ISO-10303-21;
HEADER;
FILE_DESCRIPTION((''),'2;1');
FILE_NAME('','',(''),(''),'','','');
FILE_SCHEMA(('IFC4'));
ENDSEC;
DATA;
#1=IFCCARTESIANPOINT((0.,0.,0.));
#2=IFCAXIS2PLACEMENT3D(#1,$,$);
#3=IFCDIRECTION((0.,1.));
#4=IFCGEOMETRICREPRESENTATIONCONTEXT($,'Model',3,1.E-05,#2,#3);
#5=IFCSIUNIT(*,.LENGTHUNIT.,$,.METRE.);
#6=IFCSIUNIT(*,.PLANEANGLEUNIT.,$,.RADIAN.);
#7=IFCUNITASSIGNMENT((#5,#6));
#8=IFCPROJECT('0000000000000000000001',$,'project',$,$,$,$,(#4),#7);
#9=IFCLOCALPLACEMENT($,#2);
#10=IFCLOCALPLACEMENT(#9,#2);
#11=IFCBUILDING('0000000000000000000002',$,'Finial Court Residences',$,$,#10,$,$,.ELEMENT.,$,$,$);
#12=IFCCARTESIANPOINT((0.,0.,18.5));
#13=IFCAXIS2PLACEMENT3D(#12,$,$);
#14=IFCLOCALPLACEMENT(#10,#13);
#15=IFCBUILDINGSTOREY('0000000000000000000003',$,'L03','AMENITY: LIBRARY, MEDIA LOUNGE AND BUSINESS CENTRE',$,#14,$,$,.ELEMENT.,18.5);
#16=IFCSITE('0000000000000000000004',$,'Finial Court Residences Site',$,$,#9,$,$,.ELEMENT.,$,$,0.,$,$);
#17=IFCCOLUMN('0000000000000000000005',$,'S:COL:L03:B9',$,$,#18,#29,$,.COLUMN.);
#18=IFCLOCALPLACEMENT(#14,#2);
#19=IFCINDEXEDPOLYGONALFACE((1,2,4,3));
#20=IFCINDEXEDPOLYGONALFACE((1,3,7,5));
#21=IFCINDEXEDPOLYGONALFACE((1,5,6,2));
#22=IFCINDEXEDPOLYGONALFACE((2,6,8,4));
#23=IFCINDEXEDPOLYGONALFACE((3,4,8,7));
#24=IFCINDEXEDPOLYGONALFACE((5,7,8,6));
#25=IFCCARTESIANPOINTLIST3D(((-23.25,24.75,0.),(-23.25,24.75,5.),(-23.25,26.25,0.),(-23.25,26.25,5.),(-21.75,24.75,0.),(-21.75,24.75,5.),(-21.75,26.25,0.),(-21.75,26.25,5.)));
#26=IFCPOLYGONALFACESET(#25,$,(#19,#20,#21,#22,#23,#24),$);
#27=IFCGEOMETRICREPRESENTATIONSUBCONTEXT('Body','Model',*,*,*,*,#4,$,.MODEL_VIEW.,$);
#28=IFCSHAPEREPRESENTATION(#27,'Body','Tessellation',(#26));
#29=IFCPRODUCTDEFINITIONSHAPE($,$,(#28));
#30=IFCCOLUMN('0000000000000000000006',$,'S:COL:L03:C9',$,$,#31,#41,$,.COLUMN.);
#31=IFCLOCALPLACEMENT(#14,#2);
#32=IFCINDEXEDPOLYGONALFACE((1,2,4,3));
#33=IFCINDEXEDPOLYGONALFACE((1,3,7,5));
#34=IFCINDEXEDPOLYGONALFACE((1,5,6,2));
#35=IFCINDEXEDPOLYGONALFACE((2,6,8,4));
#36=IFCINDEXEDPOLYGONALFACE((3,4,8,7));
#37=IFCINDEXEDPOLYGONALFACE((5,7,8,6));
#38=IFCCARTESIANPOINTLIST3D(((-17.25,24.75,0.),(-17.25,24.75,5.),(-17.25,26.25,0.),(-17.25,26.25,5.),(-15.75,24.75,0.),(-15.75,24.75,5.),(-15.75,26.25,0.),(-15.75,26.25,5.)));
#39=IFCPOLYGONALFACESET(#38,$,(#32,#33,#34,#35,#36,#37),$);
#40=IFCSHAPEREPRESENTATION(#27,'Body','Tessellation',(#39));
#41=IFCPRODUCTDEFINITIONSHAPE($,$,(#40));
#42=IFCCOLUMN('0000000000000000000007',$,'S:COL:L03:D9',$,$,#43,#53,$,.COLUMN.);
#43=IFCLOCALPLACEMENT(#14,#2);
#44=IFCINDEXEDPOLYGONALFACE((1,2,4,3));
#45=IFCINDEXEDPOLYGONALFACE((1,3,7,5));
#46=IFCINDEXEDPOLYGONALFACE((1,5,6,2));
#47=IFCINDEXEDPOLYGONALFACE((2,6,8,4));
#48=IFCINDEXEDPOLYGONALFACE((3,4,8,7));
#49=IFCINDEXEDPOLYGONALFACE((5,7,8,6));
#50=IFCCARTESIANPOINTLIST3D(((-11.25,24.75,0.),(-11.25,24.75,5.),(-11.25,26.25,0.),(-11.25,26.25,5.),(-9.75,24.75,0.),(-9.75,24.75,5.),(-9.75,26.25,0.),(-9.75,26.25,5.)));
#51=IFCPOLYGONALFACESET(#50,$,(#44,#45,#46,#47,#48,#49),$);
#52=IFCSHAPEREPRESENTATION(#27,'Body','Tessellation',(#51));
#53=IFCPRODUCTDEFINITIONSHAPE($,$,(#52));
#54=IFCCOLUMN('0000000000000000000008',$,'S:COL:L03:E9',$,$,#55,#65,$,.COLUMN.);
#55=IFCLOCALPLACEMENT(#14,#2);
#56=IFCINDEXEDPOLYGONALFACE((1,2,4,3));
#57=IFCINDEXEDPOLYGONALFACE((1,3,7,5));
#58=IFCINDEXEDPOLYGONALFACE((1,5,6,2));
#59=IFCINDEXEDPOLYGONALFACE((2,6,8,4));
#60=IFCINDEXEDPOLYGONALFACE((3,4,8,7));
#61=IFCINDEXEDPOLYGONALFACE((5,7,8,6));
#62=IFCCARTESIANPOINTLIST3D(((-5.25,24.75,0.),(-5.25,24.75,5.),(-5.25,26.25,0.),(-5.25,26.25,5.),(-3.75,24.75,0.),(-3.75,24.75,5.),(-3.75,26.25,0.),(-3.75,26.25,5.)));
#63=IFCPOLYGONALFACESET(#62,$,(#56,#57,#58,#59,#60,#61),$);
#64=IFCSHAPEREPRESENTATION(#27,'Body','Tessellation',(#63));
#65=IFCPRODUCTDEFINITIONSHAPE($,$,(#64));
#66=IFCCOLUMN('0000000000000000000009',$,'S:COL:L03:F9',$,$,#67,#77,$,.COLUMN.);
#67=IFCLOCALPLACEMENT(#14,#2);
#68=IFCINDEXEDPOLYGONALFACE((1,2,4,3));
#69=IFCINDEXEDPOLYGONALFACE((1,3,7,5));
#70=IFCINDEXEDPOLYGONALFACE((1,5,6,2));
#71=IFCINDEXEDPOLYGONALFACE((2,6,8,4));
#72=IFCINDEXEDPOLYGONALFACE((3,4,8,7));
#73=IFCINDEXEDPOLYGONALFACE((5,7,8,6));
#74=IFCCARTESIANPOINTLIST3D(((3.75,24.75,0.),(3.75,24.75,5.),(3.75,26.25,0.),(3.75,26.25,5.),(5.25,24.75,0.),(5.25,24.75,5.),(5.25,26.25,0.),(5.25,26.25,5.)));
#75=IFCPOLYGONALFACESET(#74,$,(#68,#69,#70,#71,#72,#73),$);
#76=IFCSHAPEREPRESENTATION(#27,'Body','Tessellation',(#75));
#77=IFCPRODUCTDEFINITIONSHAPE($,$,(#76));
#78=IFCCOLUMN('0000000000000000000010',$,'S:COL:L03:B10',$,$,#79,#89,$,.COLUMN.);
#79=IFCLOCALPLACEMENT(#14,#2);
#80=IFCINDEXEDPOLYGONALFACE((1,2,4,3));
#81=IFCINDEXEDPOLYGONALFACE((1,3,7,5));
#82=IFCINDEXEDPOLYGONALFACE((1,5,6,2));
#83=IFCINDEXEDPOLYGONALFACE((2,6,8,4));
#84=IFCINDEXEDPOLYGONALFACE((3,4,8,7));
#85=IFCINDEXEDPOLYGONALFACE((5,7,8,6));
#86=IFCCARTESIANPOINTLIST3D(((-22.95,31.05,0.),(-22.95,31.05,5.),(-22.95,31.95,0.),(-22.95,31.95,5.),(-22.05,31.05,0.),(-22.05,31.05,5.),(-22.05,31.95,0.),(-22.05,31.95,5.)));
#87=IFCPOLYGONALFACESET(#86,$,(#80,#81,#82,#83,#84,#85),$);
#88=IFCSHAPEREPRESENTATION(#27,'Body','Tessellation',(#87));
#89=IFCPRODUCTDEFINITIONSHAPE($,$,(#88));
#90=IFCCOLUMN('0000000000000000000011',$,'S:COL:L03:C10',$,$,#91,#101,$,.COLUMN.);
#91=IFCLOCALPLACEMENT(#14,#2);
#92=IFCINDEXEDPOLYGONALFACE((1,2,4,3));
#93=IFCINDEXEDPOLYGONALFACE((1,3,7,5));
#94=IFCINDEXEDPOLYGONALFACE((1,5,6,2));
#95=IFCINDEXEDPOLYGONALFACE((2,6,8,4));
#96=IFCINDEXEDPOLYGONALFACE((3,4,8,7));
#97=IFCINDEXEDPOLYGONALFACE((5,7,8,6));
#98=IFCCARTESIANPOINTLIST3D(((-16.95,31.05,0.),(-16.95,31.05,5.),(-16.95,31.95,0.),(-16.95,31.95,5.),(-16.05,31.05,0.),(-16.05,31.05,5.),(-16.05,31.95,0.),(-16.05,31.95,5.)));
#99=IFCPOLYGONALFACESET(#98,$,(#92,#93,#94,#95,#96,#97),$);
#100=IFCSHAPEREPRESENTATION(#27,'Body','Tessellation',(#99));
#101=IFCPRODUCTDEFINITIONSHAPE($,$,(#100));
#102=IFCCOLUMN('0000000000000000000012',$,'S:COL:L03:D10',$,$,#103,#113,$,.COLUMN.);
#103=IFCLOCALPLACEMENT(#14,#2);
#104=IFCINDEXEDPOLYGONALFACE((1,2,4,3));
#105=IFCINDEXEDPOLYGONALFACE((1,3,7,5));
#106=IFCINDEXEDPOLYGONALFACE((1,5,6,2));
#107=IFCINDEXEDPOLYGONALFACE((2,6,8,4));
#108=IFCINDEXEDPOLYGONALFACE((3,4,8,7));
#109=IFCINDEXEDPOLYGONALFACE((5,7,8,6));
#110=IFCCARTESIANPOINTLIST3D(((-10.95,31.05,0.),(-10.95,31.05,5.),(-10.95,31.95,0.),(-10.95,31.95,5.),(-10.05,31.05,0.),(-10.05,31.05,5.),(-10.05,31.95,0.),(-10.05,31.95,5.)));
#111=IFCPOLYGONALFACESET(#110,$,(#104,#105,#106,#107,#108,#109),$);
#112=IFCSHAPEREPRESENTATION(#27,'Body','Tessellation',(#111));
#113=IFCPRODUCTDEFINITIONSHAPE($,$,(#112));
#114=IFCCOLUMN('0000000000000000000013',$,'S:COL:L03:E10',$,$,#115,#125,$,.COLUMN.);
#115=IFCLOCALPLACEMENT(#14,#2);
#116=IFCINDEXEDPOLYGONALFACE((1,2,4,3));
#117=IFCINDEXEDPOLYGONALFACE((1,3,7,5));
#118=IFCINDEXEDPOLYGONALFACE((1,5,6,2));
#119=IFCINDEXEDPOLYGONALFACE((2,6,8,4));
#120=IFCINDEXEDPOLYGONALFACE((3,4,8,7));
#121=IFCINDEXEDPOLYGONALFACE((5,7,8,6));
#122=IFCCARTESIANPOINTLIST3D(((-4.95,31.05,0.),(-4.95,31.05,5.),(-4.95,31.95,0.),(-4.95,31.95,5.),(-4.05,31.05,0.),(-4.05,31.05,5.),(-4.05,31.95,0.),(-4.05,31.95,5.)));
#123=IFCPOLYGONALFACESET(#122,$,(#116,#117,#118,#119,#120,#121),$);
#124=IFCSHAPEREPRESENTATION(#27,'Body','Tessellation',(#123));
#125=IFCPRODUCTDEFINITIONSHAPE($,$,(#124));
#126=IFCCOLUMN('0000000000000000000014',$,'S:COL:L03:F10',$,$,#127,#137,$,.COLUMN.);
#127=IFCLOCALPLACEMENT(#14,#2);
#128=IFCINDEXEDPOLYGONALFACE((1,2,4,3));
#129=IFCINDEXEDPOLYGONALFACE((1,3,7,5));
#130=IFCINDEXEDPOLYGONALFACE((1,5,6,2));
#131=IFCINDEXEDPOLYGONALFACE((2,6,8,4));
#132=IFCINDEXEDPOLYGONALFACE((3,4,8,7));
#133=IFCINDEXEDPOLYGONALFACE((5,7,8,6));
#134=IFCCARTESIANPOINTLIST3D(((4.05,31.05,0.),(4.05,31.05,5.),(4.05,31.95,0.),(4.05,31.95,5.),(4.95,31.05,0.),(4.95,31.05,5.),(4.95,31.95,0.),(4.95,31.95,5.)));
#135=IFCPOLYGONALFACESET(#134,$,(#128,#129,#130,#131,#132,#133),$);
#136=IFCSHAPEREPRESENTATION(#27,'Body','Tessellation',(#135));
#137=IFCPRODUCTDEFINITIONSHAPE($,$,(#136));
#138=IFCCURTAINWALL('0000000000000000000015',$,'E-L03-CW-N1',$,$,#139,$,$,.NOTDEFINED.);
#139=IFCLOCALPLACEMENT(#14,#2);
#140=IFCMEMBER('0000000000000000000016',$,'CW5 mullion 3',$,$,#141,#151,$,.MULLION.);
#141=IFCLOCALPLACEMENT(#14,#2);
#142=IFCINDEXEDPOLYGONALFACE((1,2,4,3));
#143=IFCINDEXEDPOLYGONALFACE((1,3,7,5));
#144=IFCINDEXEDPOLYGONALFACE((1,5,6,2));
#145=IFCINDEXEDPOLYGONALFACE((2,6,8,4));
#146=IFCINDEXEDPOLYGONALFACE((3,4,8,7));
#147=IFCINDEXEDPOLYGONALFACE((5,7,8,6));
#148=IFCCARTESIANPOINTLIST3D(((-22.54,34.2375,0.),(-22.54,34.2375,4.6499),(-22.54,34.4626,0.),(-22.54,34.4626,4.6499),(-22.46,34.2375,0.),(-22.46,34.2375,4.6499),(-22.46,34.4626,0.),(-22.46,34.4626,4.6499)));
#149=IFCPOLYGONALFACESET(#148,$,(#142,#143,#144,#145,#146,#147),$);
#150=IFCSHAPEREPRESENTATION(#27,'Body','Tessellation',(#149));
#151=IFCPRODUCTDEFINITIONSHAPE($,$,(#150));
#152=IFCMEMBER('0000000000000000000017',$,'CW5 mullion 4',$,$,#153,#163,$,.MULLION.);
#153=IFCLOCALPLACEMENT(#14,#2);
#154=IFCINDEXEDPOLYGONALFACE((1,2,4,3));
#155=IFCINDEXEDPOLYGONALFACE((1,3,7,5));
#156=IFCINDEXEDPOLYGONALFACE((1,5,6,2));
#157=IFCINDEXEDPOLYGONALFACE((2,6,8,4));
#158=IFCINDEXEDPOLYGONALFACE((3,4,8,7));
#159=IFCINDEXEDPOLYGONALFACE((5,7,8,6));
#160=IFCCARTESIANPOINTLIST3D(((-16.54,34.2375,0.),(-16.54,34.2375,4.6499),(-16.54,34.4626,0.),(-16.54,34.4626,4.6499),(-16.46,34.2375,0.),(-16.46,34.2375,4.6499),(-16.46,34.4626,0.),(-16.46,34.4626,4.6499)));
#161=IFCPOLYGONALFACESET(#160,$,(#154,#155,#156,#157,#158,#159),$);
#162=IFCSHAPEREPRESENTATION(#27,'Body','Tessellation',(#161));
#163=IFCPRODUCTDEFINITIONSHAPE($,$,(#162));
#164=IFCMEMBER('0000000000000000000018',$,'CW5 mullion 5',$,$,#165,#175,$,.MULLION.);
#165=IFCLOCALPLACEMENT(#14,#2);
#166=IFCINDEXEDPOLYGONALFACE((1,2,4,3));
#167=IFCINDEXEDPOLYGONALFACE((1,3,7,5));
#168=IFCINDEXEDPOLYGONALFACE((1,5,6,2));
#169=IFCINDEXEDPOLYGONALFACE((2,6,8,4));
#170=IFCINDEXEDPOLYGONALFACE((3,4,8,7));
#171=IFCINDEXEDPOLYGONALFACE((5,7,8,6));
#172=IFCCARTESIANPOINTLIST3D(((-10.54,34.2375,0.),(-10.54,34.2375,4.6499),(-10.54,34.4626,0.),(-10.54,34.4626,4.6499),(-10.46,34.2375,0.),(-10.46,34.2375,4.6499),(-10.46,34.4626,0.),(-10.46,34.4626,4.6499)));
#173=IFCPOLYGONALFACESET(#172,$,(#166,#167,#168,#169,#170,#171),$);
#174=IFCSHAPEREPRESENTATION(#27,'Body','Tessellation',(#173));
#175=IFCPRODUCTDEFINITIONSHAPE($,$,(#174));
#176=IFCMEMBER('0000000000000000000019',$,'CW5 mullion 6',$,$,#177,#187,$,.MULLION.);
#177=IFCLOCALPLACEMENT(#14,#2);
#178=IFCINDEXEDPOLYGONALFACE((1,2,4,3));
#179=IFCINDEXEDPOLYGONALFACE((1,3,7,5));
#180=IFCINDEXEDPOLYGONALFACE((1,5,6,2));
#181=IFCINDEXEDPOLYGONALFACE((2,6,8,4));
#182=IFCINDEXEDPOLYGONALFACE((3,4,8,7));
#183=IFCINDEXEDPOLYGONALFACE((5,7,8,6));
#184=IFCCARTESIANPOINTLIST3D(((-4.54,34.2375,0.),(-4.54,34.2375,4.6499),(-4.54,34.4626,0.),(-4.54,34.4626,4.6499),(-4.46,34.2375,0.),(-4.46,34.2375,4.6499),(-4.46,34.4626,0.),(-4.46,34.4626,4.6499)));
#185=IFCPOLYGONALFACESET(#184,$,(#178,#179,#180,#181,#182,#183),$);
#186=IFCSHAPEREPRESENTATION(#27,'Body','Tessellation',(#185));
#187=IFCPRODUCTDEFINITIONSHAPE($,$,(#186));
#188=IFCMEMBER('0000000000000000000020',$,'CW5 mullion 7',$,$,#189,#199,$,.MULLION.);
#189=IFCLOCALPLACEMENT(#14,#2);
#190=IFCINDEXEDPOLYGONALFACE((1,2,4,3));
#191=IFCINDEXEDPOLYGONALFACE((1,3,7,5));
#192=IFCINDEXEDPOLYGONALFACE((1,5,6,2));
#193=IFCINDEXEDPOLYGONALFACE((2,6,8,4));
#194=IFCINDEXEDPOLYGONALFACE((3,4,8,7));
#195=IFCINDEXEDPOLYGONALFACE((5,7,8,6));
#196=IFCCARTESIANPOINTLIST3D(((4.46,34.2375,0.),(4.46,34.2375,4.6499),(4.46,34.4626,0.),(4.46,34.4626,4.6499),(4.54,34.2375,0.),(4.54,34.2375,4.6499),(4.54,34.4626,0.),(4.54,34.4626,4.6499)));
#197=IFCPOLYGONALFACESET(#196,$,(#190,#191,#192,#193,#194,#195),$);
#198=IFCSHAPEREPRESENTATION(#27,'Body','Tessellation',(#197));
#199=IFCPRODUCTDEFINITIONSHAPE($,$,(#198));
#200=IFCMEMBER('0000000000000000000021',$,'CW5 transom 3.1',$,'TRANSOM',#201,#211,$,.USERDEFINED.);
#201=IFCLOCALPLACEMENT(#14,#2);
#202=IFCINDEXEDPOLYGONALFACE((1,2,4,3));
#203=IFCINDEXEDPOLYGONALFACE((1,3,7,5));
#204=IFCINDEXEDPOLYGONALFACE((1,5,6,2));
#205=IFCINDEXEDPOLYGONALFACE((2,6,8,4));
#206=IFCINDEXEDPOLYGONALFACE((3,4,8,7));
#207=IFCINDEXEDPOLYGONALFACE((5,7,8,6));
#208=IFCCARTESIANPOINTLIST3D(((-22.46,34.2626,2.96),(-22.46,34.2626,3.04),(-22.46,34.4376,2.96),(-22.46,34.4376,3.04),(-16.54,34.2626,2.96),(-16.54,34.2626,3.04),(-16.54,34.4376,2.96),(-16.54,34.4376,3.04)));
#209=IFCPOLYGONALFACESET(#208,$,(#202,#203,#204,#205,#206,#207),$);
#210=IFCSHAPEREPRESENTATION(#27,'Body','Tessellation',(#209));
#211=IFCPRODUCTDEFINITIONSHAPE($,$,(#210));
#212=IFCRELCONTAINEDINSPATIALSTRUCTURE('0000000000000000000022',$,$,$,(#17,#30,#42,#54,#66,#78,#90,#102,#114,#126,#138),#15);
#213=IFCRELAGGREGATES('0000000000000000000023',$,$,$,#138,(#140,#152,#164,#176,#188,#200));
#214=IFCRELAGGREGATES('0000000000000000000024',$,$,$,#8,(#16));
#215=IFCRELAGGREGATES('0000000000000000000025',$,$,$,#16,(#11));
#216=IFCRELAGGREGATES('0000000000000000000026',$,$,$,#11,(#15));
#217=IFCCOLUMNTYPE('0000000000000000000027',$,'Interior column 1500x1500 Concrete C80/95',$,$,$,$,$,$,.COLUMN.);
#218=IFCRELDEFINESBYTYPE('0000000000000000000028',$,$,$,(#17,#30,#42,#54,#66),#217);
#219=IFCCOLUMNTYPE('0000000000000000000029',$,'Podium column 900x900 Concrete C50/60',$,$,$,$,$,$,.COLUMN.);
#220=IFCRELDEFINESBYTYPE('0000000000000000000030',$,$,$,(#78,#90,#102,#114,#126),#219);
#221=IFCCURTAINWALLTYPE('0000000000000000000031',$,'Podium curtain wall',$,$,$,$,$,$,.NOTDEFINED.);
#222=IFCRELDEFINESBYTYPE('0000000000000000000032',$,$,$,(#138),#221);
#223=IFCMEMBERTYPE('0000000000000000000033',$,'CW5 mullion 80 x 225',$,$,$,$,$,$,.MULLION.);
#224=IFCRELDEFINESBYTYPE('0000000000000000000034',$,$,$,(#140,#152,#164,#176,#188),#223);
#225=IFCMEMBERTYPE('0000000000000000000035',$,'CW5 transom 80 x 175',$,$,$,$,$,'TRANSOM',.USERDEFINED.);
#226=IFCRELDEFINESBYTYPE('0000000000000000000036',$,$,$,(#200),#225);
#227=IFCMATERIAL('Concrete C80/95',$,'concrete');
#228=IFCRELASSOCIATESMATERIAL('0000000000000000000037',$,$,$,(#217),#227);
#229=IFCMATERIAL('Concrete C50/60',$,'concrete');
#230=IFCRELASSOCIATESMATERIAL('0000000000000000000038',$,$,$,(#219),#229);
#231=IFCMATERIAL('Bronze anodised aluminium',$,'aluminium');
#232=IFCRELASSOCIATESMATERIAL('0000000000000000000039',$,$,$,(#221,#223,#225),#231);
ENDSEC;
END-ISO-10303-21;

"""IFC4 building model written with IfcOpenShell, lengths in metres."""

from ifc_helpers import new_model, si_unit, direction, frame, origin, origin_2d, place, context, subcontext, project, spatial, rectangle, extrude, material, material_profile, profile_set, type_object, element, aggregate, save


model = new_model("IFC4")

# Units and contexts
model_context = context("Model", 3, precision=1e-05, world=origin(), true_north=direction((0.0, 1.0)))
body_context = subcontext(model_context, "Body", "Model", "MODEL_VIEW")
ifc_project = project(units=[si_unit("LENGTHUNIT", "METRE"), si_unit("PLANEANGLEUNIT", "RADIAN")], contexts=[model_context])

# Site, building, storey
site_placement = place(None, origin())
site = spatial("IfcSite", under=ifc_project, at=site_placement, Name="Finial Court Residences Site", CompositionType="ELEMENT", RefElevation=0.0)
building_placement = place(site_placement, origin())
building = spatial("IfcBuilding", under=site, at=building_placement, Name="Finial Court Residences", CompositionType="ELEMENT")
storey_placement = place(building_placement, frame((0.0, 0.0, 18.5)))
storey = spatial("IfcBuildingStorey", under=building, at=storey_placement, Name="L03", Description="AMENITY: LIBRARY, MEDIA LOUNGE AND BUSINESS CENTRE", CompositionType="ELEMENT", Elevation=18.5)

# Columns
ifc_material_1 = material(Name="Concrete C80/95", Category="concrete")
ifc_material_profile_1 = material_profile(ifc_material_1, rectangle(XDim=1.5, YDim=1.5, at=origin_2d()), Name="1500x1500")
ifc_profile_set_1 = profile_set([ifc_material_profile_1], Name="Concrete C80/95")
column_type_1 = type_object("IfcColumnType", Name="Interior column 1500x1500 Concrete C80/95", PredefinedType="COLUMN", material=ifc_profile_set_1)
for number, where, z_axis, x_axis, name in (
    (1, (-22.5, 25.5, 0.0), (0.0, 0.0, 1.0), (1.0, 0.0, 0.0), "S:COL:L03:B9"),
    (2, (-16.5, 25.5, 0.0), (0.0, 0.0, 1.0), (1.0, 0.0, 0.0), "S:COL:L03:C9"),
    (3, (-10.5, 25.5, 0.0), (0.0, 0.0, 1.0), (1.0, 0.0, 0.0), "S:COL:L03:D9"),
    (4, (-4.5, 25.5, 0.0), (0.0, 0.0, 1.0), (1.0, 0.0, 0.0), "S:COL:L03:E9"),
    (5, (4.5, 25.5, 0.0), (0.0, 0.0, 1.0), (1.0, 0.0, 0.0), "S:COL:L03:F9"),
):
    element("IfcColumn", number, at=place(storey_placement, frame(where, z_axis=z_axis, x_axis=x_axis)), inside=storey, type_object=column_type_1, Name=name, PredefinedType="COLUMN", context=body_context, shape_type="SweptSolid", body=[
        extrude(rectangle(XDim=1.5, YDim=1.5, at=origin_2d()), origin(), (0.0, 0.0, 1.0), 5.0),
    ])
ifc_material_2 = material(Name="Concrete C50/60", Category="concrete")
ifc_material_profile_2 = material_profile(ifc_material_2, rectangle(XDim=0.8999, YDim=0.8999, at=origin_2d()), Name="900x900")
ifc_profile_set_2 = profile_set([ifc_material_profile_2], Name="Concrete C50/60")
column_type_2 = type_object("IfcColumnType", Name="Podium column 900x900 Concrete C50/60", PredefinedType="COLUMN", material=ifc_profile_set_2)
for number, where, z_axis, x_axis, name in (
    (6, (-22.5, 31.5, 0.0), (0.0, 0.0, 1.0), (1.0, 0.0, 0.0), "S:COL:L03:B10"),
    (7, (-16.5, 31.5, 0.0), (0.0, 0.0, 1.0), (1.0, 0.0, 0.0), "S:COL:L03:C10"),
    (8, (-10.5, 31.5, 0.0), (0.0, 0.0, 1.0), (1.0, 0.0, 0.0), "S:COL:L03:D10"),
    (9, (-4.5, 31.5, 0.0), (0.0, 0.0, 1.0), (1.0, 0.0, 0.0), "S:COL:L03:E10"),
    (10, (4.5, 31.5, 0.0), (0.0, 0.0, 1.0), (1.0, 0.0, 0.0), "S:COL:L03:F10"),
):
    element("IfcColumn", number, at=place(storey_placement, frame(where, z_axis=z_axis, x_axis=x_axis)), inside=storey, type_object=column_type_2, Name=name, PredefinedType="COLUMN", context=body_context, shape_type="SweptSolid", body=[
        extrude(rectangle(XDim=0.8999, YDim=0.8999, at=origin_2d()), origin(), (0.0, 0.0, 1.0), 5.0),
    ])

# Curtain wall, members
ifc_material_3 = material(Name="Bronze anodised aluminium", Category="aluminium")
curtain_wall_type = type_object("IfcCurtainWallType", Name="Podium curtain wall", PredefinedType="NOTDEFINED", material=ifc_material_3)
curtain_wall_placement = place(storey_placement, origin())
curtain_wall = element("IfcCurtainWall", 11, at=curtain_wall_placement, inside=storey, type_object=curtain_wall_type, Name="E-L03-CW-N1", PredefinedType="NOTDEFINED")
ifc_material_profile_3 = material_profile(ifc_material_3, rectangle(XDim=0.2251, YDim=0.0801, at=origin_2d()), Name="CW5 mullion 80 x 225")
ifc_profile_set_3 = profile_set([ifc_material_profile_3], Name="Bronze anodised aluminium")
member_type_1 = type_object("IfcMemberType", Name="CW5 mullion 80 x 225", PredefinedType="MULLION", material=ifc_profile_set_3)
member_1_placement = place(storey_placement, frame((-22.5, 34.3501, 0.0), z_axis=(0.0, 0.0, 1.0), x_axis=(0.0, 1.0, 0.0)))
member_1 = element("IfcMember", 12, at=member_1_placement, type_object=member_type_1, Name="CW5 mullion 3", PredefinedType="MULLION", context=body_context, shape_type="SweptSolid", body=[
    extrude(rectangle(XDim=0.2251, YDim=0.0801, at=origin_2d()), origin(), (0.0, 0.0, 1.0), 4.6499),
])
member_2_placement = place(storey_placement, frame((-16.5, 34.3501, 0.0), z_axis=(0.0, 0.0, 1.0), x_axis=(0.0, 1.0, 0.0)))
member_2 = element("IfcMember", 13, at=member_2_placement, type_object=member_type_1, Name="CW5 mullion 4", PredefinedType="MULLION", context=body_context, shape_type="SweptSolid", body=[
    extrude(rectangle(XDim=0.2251, YDim=0.0801, at=origin_2d()), origin(), (0.0, 0.0, 1.0), 4.6499),
])
member_3_placement = place(storey_placement, frame((-10.5, 34.3501, 0.0), z_axis=(0.0, 0.0, 1.0), x_axis=(0.0, 1.0, 0.0)))
member_3 = element("IfcMember", 14, at=member_3_placement, type_object=member_type_1, Name="CW5 mullion 5", PredefinedType="MULLION", context=body_context, shape_type="SweptSolid", body=[
    extrude(rectangle(XDim=0.2251, YDim=0.0801, at=origin_2d()), origin(), (0.0, 0.0, 1.0), 4.6499),
])
member_4_placement = place(storey_placement, frame((-4.5, 34.3501, 0.0), z_axis=(0.0, 0.0, 1.0), x_axis=(0.0, 1.0, 0.0)))
member_4 = element("IfcMember", 15, at=member_4_placement, type_object=member_type_1, Name="CW5 mullion 6", PredefinedType="MULLION", context=body_context, shape_type="SweptSolid", body=[
    extrude(rectangle(XDim=0.2251, YDim=0.0801, at=origin_2d()), origin(), (0.0, 0.0, 1.0), 4.6499),
])
member_5_placement = place(storey_placement, frame((4.5, 34.3501, 0.0), z_axis=(0.0, 0.0, 1.0), x_axis=(0.0, 1.0, 0.0)))
member_5 = element("IfcMember", 16, at=member_5_placement, type_object=member_type_1, Name="CW5 mullion 7", PredefinedType="MULLION", context=body_context, shape_type="SweptSolid", body=[
    extrude(rectangle(XDim=0.2251, YDim=0.0801, at=origin_2d()), origin(), (0.0, 0.0, 1.0), 4.6499),
])
ifc_material_profile_4 = material_profile(ifc_material_3, rectangle(XDim=0.175, YDim=0.0801, at=origin_2d()), Name="CW5 transom 80 x 175")
ifc_profile_set_4 = profile_set([ifc_material_profile_4], Name="Bronze anodised aluminium")
member_type_2 = type_object("IfcMemberType", Name="CW5 transom 80 x 175", ElementType="TRANSOM", PredefinedType="USERDEFINED", material=ifc_profile_set_4)
member_6_placement = place(storey_placement, frame((-22.46, 34.3501, 3.0), z_axis=(1.0, 0.0, 0.0), x_axis=(0.0, 1.0, 0.0)))
member_6 = element("IfcMember", 17, at=member_6_placement, type_object=member_type_2, Name="CW5 transom 3.1", ObjectType="TRANSOM", PredefinedType="USERDEFINED", context=body_context, shape_type="SweptSolid", body=[
    extrude(rectangle(XDim=0.175, YDim=0.0801, at=origin_2d()), origin(), (0.0, 0.0, 1.0), 5.9199),
])
aggregate(curtain_wall, [member_1, member_2, member_3, member_4, member_5, member_6])

save(model, "model.ifc")
